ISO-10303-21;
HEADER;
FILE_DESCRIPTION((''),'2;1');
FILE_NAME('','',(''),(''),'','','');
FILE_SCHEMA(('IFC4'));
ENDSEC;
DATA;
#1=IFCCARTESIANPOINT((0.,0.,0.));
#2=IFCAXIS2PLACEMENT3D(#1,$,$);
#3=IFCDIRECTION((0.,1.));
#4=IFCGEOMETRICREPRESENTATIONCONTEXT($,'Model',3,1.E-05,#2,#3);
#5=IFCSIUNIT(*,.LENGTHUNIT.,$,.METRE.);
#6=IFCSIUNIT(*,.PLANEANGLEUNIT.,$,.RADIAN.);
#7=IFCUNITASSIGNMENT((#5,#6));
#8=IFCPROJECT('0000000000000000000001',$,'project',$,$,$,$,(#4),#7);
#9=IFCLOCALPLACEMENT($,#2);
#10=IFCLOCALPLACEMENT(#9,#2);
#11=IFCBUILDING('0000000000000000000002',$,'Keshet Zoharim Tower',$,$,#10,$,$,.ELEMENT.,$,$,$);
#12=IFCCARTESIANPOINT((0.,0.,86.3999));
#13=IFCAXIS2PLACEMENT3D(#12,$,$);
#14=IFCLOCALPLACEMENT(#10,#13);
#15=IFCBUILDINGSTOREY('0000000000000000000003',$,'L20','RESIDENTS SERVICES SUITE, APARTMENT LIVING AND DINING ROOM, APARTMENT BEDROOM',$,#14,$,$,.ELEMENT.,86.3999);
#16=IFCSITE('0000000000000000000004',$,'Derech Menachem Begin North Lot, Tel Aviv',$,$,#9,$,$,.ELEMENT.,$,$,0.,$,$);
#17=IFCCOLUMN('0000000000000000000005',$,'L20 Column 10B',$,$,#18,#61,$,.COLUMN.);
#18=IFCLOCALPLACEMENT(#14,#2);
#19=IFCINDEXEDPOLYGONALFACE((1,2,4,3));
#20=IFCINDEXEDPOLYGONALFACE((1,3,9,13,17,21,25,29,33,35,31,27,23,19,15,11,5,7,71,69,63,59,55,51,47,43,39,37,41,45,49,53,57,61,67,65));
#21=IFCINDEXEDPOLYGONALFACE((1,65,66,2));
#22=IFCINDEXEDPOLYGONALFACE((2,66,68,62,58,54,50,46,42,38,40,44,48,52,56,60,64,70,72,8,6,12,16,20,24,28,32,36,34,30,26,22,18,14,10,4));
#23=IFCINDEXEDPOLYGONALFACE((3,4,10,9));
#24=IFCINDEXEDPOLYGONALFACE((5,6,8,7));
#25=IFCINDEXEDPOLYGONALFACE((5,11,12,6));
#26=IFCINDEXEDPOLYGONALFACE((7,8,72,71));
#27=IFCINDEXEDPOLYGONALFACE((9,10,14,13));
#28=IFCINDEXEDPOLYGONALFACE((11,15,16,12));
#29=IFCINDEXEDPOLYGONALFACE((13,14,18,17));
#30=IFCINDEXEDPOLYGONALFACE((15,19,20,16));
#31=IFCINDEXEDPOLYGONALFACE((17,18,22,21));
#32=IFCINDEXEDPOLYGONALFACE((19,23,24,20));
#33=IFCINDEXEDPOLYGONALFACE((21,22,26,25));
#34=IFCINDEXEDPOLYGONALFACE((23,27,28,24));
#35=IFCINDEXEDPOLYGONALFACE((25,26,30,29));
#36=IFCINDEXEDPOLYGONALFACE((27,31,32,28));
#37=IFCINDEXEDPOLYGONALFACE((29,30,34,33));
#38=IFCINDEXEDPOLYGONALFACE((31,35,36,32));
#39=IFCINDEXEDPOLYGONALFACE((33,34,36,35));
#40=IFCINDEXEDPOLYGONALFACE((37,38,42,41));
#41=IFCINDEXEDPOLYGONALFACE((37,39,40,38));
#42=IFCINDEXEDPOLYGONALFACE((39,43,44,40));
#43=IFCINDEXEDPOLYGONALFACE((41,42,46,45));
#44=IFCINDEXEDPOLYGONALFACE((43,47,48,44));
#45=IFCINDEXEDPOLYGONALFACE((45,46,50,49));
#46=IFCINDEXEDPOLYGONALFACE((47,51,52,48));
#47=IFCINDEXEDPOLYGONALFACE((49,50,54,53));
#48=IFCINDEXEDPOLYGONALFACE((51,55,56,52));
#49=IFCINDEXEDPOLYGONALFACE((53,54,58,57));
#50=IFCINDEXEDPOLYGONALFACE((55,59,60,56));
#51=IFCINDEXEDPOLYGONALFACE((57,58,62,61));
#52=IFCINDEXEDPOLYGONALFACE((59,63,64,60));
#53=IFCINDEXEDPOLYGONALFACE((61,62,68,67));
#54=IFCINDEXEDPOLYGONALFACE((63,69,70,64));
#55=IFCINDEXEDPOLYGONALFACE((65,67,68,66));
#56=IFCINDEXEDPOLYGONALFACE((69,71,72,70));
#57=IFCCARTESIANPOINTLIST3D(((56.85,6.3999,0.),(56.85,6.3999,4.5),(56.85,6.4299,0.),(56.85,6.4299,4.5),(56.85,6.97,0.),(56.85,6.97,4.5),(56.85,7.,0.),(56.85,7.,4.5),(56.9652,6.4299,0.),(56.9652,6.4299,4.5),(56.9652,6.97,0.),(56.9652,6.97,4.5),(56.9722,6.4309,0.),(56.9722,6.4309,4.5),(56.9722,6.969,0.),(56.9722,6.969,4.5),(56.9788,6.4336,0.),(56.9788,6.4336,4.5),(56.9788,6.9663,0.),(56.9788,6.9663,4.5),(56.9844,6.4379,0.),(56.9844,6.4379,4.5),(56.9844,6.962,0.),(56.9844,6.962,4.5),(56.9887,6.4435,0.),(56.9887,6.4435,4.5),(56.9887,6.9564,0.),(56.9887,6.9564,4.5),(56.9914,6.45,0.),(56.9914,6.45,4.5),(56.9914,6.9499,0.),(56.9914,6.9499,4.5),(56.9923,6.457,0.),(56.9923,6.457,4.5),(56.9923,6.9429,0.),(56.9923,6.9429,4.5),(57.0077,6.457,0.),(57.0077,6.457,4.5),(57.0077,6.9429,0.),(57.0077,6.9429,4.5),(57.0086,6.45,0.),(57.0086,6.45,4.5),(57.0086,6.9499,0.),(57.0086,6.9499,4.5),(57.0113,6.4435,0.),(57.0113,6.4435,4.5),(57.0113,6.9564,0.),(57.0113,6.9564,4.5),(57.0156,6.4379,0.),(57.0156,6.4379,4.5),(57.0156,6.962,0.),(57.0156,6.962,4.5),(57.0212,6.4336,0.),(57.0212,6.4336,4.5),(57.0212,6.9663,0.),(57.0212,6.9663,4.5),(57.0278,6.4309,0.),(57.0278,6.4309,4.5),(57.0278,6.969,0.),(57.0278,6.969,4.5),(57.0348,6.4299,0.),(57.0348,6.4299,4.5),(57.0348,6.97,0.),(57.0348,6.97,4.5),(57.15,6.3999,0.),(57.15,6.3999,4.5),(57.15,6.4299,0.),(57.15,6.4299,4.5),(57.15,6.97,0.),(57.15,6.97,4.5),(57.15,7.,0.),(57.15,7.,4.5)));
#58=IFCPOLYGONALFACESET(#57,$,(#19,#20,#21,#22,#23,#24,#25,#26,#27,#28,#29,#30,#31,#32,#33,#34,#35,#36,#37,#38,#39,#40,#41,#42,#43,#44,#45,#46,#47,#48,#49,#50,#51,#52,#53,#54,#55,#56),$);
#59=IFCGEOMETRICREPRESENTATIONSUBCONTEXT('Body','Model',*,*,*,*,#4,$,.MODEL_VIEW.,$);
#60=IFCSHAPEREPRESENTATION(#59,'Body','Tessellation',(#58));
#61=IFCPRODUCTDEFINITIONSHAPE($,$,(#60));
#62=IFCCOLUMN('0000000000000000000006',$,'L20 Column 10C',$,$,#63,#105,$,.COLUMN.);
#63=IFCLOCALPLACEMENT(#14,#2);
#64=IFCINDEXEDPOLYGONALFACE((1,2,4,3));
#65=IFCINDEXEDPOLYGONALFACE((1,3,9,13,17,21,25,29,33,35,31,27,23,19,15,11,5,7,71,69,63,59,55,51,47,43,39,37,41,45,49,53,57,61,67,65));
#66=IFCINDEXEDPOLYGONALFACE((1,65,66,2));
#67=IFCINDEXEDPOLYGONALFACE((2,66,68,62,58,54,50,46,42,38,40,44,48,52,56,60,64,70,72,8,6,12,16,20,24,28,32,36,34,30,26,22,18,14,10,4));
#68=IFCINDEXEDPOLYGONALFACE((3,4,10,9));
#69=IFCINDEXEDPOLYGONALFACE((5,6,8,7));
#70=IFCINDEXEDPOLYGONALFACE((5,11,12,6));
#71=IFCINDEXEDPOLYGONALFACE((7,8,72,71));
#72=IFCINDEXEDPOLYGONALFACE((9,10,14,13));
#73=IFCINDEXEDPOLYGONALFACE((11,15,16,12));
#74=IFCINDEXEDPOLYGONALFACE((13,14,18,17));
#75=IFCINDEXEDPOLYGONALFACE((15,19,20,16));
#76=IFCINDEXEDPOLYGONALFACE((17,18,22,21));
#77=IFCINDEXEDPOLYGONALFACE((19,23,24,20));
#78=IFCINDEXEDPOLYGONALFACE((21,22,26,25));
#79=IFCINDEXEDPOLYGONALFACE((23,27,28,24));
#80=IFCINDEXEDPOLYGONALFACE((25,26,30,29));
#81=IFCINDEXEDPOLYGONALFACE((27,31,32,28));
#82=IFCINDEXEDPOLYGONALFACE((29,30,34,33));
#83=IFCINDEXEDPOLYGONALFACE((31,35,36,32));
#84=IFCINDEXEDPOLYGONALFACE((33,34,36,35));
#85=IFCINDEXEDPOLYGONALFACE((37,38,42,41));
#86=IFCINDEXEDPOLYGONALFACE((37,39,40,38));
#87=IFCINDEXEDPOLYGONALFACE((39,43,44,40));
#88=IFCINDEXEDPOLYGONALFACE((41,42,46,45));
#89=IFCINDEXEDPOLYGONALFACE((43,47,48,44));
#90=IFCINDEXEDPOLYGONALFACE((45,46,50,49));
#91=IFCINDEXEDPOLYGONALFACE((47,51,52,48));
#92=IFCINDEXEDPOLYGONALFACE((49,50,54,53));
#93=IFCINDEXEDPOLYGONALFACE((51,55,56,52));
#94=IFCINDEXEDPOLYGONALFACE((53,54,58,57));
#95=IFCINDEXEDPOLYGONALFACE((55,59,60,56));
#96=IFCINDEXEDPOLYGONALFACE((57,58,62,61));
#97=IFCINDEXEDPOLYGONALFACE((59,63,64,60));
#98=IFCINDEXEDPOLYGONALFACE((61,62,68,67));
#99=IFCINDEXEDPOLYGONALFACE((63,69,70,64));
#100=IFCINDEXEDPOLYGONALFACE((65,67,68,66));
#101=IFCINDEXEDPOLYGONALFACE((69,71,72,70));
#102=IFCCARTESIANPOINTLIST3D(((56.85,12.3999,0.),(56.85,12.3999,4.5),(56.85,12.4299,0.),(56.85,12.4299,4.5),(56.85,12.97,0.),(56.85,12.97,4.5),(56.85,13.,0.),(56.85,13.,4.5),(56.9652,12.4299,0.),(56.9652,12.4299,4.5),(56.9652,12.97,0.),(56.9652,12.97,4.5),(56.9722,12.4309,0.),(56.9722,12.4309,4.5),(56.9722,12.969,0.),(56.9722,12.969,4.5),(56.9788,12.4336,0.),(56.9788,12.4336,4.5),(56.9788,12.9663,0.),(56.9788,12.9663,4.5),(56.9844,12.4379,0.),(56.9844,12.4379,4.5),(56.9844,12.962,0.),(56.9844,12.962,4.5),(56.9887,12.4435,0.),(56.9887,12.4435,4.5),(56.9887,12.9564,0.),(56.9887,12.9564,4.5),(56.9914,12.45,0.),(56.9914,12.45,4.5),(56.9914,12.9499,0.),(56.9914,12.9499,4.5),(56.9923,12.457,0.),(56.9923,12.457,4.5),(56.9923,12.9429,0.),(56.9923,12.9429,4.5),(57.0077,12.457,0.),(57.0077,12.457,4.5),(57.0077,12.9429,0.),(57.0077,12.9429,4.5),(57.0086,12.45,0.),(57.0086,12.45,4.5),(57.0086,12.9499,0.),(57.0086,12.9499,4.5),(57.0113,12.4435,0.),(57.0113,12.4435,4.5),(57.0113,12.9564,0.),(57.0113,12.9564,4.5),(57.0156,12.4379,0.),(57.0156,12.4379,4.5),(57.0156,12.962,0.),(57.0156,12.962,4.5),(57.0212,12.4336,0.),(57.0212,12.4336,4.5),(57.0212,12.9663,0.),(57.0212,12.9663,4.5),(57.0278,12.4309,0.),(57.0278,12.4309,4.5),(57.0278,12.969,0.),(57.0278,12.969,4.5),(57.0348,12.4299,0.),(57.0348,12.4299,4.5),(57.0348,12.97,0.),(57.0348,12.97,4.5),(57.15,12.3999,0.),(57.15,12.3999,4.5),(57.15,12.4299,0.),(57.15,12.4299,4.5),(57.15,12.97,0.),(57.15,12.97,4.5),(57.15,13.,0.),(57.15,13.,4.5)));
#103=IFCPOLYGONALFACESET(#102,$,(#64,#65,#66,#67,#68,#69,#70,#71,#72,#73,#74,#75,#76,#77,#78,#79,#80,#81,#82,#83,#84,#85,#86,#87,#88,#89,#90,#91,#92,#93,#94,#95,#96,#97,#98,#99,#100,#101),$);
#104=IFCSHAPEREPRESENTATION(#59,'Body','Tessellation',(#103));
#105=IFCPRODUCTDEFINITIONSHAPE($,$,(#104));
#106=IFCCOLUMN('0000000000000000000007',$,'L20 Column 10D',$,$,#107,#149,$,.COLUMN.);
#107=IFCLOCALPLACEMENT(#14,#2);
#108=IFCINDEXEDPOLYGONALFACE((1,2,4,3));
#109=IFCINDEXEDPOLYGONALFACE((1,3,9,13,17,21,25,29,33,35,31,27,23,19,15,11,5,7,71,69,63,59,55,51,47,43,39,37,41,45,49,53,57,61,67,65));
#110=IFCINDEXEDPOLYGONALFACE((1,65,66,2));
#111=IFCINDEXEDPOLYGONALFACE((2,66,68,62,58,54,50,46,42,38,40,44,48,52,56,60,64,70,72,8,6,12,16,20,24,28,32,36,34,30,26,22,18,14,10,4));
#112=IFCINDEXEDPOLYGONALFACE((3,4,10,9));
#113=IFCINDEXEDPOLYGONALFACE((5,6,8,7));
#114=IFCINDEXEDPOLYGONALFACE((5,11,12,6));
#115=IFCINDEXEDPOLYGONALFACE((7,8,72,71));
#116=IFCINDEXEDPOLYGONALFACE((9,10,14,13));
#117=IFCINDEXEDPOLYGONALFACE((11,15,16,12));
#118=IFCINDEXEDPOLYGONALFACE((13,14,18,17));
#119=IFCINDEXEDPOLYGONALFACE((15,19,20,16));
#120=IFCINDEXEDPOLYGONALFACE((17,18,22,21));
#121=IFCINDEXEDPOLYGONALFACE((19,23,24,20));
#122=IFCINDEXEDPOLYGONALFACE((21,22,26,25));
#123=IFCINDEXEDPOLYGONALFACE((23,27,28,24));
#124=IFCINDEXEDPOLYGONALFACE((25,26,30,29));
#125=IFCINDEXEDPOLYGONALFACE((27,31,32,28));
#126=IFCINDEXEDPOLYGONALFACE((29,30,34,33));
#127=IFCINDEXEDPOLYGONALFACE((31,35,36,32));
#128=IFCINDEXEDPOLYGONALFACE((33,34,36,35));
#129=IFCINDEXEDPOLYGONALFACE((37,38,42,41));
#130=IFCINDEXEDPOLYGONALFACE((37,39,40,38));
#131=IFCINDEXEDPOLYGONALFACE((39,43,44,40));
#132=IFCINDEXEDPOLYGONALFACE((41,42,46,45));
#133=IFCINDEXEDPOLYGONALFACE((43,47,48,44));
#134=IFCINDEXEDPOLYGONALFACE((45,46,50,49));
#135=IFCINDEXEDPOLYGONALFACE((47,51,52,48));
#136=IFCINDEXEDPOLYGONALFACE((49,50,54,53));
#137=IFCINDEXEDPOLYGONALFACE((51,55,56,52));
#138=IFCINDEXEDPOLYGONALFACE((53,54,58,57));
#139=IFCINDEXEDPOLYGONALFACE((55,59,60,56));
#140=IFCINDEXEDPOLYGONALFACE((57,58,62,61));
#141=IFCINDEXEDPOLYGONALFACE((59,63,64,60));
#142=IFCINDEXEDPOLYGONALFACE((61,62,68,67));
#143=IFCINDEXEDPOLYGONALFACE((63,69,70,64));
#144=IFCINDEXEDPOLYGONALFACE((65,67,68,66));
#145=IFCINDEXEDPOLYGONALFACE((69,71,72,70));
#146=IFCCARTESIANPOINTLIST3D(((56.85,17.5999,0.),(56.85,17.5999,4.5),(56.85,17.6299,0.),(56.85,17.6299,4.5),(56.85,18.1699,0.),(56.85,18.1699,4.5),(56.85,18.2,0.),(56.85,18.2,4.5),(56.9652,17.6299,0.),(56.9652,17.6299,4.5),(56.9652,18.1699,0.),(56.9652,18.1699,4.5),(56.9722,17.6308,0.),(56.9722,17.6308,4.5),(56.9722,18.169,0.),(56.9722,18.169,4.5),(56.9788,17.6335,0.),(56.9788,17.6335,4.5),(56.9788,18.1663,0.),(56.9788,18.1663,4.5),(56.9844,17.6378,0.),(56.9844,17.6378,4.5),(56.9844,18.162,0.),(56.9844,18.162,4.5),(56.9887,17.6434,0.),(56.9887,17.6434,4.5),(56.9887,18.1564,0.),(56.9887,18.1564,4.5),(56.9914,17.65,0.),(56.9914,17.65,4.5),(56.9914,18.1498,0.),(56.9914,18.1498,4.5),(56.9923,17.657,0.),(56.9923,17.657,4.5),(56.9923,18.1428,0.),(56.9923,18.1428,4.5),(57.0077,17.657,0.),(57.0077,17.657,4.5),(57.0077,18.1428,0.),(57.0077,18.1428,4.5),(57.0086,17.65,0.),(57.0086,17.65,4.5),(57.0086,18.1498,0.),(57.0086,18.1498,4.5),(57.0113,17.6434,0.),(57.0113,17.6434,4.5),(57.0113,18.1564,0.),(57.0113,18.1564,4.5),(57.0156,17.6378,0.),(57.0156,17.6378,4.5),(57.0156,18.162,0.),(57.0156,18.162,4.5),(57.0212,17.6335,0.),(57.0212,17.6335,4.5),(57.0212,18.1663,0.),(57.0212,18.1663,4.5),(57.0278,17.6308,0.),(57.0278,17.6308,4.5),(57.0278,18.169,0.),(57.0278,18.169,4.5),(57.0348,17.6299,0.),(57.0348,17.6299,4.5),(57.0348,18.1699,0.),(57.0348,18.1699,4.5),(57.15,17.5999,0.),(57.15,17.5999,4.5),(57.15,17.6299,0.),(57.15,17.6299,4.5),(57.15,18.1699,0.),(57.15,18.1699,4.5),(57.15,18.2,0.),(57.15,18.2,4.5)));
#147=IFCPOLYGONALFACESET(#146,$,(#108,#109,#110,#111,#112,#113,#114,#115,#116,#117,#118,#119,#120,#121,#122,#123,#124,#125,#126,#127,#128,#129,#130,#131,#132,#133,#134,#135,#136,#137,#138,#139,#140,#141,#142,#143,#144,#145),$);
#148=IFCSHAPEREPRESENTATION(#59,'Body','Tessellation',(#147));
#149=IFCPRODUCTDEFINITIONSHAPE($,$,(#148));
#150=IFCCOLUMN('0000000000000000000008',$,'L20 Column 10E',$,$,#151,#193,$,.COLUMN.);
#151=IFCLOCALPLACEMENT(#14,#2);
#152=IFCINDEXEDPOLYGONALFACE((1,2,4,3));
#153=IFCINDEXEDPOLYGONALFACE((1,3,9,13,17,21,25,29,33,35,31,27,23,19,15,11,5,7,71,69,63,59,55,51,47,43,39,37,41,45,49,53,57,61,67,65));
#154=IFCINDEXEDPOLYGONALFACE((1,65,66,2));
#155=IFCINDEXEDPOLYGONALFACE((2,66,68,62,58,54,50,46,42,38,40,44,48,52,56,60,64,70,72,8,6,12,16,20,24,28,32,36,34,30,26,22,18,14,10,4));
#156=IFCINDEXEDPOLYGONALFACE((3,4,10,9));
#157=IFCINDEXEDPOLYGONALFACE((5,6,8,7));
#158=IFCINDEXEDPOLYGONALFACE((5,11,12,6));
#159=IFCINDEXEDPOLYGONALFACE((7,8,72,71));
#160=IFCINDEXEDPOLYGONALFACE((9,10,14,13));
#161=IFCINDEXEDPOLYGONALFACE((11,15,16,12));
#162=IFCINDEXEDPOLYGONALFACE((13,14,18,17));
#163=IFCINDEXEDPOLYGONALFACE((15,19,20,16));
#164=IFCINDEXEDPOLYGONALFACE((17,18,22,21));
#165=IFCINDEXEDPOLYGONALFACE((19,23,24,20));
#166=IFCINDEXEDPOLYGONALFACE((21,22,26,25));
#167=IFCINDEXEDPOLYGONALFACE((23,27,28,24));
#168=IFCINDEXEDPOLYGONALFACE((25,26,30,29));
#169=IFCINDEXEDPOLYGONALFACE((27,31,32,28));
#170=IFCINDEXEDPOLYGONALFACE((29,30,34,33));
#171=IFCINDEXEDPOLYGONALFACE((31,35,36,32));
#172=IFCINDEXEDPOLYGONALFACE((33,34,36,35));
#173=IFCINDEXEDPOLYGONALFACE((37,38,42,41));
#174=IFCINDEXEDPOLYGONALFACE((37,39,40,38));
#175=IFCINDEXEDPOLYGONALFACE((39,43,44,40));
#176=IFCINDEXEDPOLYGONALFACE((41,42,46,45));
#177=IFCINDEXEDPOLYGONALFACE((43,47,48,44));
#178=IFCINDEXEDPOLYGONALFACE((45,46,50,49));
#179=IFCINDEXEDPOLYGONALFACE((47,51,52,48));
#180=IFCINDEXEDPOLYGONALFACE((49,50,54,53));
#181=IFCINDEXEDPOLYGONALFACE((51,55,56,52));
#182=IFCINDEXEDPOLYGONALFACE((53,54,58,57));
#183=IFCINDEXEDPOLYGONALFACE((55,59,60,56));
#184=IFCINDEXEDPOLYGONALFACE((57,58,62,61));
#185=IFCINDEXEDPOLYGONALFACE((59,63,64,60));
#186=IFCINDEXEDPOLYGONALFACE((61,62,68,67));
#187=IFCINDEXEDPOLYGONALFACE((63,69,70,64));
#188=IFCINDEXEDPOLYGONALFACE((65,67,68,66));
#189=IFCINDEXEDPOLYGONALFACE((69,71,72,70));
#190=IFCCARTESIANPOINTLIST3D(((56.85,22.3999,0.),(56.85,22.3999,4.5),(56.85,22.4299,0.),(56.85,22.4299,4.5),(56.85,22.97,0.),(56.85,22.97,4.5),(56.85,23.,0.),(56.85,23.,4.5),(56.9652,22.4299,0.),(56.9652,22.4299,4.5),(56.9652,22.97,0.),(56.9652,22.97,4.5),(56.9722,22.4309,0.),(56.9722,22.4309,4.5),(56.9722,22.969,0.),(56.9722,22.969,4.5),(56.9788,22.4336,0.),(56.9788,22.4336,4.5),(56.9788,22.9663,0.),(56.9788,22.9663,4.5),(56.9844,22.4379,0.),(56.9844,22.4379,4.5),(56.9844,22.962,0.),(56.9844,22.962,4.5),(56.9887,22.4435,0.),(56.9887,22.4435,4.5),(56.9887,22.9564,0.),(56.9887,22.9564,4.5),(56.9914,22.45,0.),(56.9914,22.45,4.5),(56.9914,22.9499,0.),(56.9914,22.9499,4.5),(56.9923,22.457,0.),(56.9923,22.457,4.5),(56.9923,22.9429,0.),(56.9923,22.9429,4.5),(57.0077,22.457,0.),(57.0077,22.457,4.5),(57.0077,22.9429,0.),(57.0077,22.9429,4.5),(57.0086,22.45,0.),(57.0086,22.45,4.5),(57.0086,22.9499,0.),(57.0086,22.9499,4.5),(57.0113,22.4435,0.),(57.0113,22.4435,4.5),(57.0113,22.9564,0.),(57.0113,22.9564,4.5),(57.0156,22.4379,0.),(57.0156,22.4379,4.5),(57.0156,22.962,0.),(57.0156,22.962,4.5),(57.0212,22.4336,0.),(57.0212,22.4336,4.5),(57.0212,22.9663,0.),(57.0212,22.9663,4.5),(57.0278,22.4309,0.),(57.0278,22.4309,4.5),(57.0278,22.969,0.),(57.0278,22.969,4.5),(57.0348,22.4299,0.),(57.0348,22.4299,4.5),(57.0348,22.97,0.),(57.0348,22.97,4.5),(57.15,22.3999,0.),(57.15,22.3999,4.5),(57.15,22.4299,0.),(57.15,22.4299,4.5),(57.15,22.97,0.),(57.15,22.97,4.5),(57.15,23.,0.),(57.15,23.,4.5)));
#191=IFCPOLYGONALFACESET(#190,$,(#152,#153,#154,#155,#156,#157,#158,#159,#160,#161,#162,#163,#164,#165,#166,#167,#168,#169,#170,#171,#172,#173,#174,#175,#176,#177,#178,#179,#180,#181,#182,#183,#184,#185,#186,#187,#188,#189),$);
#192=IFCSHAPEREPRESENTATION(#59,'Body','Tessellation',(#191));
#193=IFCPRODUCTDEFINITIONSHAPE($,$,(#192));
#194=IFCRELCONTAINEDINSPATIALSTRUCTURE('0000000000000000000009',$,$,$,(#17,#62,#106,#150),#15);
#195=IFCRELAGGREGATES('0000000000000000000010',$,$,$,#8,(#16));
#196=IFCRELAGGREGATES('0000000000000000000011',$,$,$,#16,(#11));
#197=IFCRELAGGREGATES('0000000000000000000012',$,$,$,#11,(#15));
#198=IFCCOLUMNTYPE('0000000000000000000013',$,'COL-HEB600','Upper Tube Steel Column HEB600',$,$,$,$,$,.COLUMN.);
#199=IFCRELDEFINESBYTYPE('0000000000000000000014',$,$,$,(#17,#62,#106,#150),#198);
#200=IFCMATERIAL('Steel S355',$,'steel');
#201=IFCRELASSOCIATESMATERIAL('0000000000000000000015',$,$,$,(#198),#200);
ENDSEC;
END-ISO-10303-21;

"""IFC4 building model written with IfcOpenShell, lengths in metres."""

from ifc_helpers import new_model, si_unit, direction, frame, origin, origin_2d, place, context, subcontext, project, spatial, i_section, extrude, material, material_profile, profile_set, type_object, element, save


model = new_model("IFC4")

# Units and contexts
model_context = context("Model", 3, precision=1e-05, world=origin(), true_north=direction((0.0, 1.0)))
body_context = subcontext(model_context, "Body", "Model", "MODEL_VIEW")
ifc_project = project(units=[si_unit("LENGTHUNIT", "METRE"), si_unit("PLANEANGLEUNIT", "RADIAN")], contexts=[model_context])

# Site, building, storey
site_placement = place(None, origin())
site = spatial("IfcSite", under=ifc_project, at=site_placement, Name="Derech Menachem Begin North Lot, Tel Aviv", CompositionType="ELEMENT", RefElevation=0.0)
building_placement = place(site_placement, origin())
building = spatial("IfcBuilding", under=site, at=building_placement, Name="Keshet Zoharim Tower", CompositionType="ELEMENT")
storey_placement = place(building_placement, frame((0.0, 0.0, 86.3999)))
storey = spatial("IfcBuildingStorey", under=building, at=storey_placement, Name="L20", Description="RESIDENTS SERVICES SUITE, APARTMENT LIVING AND DINING ROOM, APARTMENT BEDROOM", CompositionType="ELEMENT", Elevation=86.3999)

# Columns
ifc_material_1 = material(Name="Steel S355", Category="steel")
ifc_material_profile_1 = material_profile(ifc_material_1, i_section(OverallWidth=0.3, OverallDepth=0.6001, WebThickness=0.0154, FlangeThickness=0.03, FilletRadius=0.0271, at=origin_2d()), Name="HEB600")
ifc_profile_set_1 = profile_set([ifc_material_profile_1], Name="Steel S355")
column_type = type_object("IfcColumnType", Name="COL-HEB600", Description="Upper Tube Steel Column HEB600", PredefinedType="COLUMN", material=ifc_profile_set_1)
for number, where, z_axis, x_axis, name in (
    (1, (57.0, 6.7, 0.0), (0.0, 0.0, 1.0), (1.0, 0.0, 0.0), "L20 Column 10B"),
    (2, (57.0, 12.7, 0.0), (0.0, 0.0, 1.0), (1.0, 0.0, 0.0), "L20 Column 10C"),
    (3, (57.0, 17.8999, 0.0), (0.0, 0.0, 1.0), (1.0, 0.0, 0.0), "L20 Column 10D"),
    (4, (57.0, 22.7, 0.0), (0.0, 0.0, 1.0), (1.0, 0.0, 0.0), "L20 Column 10E"),
):
    element("IfcColumn", number, at=place(storey_placement, frame(where, z_axis=z_axis, x_axis=x_axis)), inside=storey, type_object=column_type, Name=name, PredefinedType="COLUMN", context=body_context, shape_type="SweptSolid", body=[
        extrude(i_section(OverallWidth=0.3, OverallDepth=0.6001, WebThickness=0.0154, FlangeThickness=0.03, FilletRadius=0.0271, at=origin_2d()), origin(), (0.0, 0.0, 1.0), 4.5),
    ])

save(model, "model.ifc")
